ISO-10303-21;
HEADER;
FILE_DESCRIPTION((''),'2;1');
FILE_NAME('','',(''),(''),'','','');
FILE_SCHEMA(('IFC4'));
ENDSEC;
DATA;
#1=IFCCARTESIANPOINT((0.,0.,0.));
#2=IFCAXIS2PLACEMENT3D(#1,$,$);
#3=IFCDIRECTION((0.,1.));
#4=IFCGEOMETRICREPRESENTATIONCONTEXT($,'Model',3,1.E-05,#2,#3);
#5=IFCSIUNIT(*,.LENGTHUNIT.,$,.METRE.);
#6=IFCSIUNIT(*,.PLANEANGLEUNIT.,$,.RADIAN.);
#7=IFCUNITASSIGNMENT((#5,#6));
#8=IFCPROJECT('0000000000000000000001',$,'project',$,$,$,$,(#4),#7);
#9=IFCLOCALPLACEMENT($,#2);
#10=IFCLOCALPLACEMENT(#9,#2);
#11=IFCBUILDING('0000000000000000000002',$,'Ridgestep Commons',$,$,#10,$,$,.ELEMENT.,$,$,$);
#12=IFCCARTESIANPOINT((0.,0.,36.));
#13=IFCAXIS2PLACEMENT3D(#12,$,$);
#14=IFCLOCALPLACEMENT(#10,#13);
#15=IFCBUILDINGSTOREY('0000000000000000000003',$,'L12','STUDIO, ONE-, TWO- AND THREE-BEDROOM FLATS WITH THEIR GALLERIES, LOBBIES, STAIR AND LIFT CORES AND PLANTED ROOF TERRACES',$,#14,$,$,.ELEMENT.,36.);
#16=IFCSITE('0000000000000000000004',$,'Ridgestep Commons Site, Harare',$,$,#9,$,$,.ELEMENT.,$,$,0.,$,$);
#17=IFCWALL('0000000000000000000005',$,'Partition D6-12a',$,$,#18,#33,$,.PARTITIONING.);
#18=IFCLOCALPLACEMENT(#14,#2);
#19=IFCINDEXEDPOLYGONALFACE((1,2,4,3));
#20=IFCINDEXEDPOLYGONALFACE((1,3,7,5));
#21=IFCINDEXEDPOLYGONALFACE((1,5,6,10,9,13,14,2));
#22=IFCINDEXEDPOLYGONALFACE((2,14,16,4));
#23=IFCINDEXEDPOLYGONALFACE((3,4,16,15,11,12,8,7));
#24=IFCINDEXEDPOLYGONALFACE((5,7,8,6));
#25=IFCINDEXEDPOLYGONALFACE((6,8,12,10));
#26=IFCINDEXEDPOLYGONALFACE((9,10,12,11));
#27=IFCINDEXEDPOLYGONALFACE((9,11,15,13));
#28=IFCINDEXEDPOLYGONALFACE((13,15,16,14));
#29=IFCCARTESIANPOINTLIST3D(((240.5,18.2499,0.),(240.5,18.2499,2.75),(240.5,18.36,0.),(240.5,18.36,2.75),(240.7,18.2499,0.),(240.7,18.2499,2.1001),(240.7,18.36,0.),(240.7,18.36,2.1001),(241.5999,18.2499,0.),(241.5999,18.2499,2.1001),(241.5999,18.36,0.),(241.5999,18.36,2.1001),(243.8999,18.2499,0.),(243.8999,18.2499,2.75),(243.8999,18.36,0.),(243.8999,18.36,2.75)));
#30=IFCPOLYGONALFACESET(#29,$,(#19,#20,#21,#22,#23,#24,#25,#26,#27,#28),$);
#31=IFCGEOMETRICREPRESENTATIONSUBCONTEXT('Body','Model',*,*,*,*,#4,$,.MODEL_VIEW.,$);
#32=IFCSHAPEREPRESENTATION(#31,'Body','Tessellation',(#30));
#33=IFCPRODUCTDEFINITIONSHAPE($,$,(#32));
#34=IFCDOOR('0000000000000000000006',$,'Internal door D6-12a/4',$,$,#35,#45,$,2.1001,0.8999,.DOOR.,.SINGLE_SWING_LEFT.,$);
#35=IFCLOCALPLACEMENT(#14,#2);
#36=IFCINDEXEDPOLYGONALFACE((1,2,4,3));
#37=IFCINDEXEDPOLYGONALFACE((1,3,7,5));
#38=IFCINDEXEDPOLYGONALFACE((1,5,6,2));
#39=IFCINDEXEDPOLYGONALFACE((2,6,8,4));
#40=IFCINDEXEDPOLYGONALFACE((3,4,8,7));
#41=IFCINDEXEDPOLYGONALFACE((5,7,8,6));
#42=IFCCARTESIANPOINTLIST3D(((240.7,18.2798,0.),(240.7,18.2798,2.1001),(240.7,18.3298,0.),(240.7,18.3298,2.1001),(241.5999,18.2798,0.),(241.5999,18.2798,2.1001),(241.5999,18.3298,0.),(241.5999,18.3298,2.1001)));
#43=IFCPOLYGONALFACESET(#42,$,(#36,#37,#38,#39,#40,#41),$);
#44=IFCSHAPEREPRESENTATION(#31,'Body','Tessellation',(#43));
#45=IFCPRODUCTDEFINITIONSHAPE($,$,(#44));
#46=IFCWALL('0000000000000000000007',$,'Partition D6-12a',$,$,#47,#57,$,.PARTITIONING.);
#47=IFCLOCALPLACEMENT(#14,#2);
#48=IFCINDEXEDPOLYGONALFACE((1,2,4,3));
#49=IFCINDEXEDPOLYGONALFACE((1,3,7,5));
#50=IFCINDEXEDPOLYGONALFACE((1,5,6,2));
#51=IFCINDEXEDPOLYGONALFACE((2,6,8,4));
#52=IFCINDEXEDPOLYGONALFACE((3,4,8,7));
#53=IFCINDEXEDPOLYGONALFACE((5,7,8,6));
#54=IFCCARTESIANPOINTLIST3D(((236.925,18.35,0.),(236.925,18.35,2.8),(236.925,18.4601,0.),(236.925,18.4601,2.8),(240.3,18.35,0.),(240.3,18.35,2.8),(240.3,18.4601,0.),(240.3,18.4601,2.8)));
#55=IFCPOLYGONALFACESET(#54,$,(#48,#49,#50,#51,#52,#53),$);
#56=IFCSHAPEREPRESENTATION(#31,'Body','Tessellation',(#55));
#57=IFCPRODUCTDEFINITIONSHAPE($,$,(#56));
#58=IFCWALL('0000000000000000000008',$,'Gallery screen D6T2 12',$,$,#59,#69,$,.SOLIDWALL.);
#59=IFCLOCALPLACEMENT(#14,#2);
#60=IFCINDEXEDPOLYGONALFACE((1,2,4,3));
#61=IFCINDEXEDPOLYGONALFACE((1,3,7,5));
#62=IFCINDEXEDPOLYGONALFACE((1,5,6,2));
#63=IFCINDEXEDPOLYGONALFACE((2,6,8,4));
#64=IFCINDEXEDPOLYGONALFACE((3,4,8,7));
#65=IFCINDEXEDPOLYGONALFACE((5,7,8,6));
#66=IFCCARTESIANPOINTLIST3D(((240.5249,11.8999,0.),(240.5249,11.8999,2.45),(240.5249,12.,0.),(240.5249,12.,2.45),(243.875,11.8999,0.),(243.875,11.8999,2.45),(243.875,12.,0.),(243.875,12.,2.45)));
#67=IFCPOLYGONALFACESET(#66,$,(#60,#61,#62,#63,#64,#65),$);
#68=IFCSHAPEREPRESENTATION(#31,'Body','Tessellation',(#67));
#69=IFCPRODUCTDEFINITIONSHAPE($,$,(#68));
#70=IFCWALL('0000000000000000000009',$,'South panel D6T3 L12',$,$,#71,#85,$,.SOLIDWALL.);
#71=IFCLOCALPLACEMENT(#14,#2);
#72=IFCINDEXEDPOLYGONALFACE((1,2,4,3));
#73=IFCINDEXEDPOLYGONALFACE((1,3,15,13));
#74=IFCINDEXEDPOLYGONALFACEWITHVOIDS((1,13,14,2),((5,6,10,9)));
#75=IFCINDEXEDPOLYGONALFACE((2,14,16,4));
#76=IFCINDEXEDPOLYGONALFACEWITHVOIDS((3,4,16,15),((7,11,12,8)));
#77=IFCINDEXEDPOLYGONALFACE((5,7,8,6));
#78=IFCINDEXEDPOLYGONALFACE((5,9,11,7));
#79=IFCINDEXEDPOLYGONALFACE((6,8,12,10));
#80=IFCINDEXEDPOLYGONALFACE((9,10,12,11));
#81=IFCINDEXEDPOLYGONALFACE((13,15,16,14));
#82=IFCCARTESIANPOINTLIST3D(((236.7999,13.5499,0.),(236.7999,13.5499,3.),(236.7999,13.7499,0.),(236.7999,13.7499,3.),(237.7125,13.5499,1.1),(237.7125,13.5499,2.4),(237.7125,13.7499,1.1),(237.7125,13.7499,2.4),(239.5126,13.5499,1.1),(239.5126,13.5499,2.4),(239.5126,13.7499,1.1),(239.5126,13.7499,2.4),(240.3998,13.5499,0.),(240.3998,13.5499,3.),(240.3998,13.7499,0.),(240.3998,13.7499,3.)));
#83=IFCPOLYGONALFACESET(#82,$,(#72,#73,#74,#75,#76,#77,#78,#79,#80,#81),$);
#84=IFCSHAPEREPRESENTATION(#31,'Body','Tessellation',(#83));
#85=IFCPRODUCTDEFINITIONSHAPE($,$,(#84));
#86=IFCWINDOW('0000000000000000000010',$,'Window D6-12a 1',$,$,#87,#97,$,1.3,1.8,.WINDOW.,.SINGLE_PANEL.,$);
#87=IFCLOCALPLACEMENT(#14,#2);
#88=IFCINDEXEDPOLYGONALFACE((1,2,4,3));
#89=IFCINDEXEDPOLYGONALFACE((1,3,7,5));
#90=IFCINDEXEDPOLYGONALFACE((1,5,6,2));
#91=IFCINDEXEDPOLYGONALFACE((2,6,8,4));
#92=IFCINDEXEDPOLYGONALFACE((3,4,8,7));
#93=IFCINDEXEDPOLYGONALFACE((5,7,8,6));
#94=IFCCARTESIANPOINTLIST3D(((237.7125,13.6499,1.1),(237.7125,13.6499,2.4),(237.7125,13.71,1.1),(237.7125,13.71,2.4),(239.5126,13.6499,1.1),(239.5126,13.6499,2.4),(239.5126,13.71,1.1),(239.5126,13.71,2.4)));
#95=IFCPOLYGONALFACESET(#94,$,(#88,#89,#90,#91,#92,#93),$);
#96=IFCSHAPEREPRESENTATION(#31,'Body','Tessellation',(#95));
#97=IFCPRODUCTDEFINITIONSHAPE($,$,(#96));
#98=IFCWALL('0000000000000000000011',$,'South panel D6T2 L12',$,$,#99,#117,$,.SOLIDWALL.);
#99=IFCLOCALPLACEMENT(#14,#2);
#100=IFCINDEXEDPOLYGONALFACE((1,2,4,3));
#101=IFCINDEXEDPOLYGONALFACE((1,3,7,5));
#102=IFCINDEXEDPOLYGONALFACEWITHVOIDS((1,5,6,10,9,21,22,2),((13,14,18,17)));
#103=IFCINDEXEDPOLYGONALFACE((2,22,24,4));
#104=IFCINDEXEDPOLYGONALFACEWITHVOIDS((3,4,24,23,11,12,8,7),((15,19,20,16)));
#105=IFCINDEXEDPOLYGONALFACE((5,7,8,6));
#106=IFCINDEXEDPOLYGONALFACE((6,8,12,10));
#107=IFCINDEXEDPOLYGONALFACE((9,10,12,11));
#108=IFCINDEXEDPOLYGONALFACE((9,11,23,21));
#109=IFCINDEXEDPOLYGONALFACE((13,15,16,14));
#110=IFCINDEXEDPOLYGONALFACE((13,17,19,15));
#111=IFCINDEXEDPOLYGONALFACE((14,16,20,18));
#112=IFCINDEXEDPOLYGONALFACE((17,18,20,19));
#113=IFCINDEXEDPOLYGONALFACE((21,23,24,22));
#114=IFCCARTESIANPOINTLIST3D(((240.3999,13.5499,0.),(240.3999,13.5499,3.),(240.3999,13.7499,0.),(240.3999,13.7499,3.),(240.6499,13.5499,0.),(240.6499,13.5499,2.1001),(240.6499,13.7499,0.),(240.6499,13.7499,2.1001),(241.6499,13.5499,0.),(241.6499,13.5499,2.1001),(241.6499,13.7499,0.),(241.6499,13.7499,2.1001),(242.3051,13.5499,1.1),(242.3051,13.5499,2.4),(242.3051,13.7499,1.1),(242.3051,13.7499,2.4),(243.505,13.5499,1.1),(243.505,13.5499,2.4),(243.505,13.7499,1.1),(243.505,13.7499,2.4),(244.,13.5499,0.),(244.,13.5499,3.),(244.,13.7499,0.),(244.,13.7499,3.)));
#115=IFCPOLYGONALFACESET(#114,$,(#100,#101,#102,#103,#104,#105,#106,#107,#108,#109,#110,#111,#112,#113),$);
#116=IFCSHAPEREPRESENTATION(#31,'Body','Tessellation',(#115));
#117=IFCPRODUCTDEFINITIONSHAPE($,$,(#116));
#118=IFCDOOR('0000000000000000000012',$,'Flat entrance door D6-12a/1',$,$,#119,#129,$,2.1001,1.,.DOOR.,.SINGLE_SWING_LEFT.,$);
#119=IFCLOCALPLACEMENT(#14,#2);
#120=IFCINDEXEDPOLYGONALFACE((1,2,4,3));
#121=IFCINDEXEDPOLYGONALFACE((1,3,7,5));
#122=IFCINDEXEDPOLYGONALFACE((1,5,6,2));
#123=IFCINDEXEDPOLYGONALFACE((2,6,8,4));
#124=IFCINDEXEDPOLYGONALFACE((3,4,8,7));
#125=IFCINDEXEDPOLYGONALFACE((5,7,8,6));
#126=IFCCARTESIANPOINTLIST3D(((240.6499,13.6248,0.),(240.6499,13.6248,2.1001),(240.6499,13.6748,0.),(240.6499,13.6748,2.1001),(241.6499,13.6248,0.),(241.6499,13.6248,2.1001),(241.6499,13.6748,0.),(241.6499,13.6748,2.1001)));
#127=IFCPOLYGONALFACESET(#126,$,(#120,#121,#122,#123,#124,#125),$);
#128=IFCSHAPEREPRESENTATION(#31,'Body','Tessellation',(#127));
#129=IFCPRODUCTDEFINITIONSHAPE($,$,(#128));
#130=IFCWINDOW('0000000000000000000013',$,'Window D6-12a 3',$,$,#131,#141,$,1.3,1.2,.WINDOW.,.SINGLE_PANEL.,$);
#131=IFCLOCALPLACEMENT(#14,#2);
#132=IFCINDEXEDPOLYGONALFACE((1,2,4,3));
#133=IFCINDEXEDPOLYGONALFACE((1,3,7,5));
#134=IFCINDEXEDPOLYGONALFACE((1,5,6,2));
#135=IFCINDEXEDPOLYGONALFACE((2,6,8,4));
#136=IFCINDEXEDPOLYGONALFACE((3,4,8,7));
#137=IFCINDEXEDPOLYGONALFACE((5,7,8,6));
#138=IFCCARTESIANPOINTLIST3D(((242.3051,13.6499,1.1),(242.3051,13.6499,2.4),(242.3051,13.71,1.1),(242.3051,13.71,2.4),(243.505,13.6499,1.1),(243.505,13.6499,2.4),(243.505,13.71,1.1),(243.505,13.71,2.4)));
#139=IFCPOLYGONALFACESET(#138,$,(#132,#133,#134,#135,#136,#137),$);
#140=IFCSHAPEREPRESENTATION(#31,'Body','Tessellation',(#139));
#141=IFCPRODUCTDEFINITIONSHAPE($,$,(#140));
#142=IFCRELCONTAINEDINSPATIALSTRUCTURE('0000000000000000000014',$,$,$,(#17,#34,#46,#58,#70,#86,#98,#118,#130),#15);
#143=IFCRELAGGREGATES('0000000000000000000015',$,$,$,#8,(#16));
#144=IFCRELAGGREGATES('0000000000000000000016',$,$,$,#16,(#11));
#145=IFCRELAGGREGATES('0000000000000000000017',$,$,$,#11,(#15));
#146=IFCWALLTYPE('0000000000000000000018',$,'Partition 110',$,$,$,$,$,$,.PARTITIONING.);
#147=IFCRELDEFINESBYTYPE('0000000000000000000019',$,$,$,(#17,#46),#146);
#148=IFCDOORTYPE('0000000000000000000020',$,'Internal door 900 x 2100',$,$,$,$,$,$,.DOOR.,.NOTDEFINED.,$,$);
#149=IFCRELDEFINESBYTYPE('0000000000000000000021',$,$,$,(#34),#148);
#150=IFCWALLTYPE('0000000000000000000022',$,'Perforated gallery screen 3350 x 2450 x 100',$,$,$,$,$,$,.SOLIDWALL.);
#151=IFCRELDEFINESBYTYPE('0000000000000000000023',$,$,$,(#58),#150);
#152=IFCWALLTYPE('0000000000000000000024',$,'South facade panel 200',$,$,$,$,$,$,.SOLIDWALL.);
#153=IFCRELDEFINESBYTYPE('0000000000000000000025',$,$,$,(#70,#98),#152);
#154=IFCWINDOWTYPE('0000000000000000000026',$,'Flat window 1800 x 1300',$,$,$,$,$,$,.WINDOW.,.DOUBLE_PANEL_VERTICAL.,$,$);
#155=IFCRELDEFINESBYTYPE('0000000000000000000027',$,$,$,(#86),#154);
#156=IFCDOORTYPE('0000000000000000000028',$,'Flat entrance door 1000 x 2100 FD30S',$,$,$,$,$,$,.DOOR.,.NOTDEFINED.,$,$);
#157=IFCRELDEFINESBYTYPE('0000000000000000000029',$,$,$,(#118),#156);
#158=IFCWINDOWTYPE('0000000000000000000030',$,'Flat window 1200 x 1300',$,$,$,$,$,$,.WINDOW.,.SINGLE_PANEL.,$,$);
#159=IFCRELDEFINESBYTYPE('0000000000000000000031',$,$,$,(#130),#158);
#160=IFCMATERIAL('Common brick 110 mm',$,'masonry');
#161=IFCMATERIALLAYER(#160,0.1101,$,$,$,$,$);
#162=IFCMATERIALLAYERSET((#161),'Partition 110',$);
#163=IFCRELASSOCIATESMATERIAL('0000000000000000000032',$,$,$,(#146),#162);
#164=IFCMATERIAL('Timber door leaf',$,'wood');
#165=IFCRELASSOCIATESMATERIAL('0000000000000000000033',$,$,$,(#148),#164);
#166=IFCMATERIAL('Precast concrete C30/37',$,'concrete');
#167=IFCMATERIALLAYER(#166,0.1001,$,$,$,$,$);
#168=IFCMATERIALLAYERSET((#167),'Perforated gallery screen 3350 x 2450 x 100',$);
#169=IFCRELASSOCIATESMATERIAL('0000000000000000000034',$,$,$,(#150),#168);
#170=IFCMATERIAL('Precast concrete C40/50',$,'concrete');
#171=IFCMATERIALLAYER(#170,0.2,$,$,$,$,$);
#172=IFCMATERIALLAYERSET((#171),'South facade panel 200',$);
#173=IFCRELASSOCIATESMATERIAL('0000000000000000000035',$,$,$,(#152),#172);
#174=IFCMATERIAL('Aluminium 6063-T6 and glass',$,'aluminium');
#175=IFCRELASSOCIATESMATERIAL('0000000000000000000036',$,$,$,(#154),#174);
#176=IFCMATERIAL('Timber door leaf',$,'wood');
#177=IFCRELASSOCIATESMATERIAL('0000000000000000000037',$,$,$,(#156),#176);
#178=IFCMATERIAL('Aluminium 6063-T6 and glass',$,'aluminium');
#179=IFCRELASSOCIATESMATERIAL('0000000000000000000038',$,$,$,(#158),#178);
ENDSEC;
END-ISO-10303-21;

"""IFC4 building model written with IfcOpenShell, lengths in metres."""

from ifc_helpers import new_model, si_unit, direction, frame, frame_2d, origin, place, context, subcontext, project, spatial, rectangle, extrude, material, layer, layer_set, type_object, element, fill, save


model = new_model("IFC4")

# Units and contexts
model_context = context("Model", 3, precision=1e-05, world=origin(), true_north=direction((0.0, 1.0)))
body_context = subcontext(model_context, "Body", "Model", "MODEL_VIEW")
ifc_project = project(units=[si_unit("LENGTHUNIT", "METRE"), si_unit("PLANEANGLEUNIT", "RADIAN")], contexts=[model_context])

# Site, building, storey
site_placement = place(None, origin())
site = spatial("IfcSite", under=ifc_project, at=site_placement, Name="Ridgestep Commons Site, Harare", CompositionType="ELEMENT", RefElevation=0.0)
building_placement = place(site_placement, origin())
building = spatial("IfcBuilding", under=site, at=building_placement, Name="Ridgestep Commons", CompositionType="ELEMENT")
storey_placement = place(building_placement, frame((0.0, 0.0, 36.0)))
storey = spatial("IfcBuildingStorey", under=building, at=storey_placement, Name="L12", Description="STUDIO, ONE-, TWO- AND THREE-BEDROOM FLATS WITH THEIR GALLERIES, LOBBIES, STAIR AND LIFT CORES AND PLANTED ROOF TERRACES", CompositionType="ELEMENT", Elevation=36.0)

# Shared definitions
ifc_material_1 = material(Name="Common brick 110 mm", Category="masonry")
ifc_layer_1 = layer(ifc_material_1, 0.1101)
ifc_layer_set_1 = layer_set([ifc_layer_1], Name="Partition 110")
wall_type_1 = type_object("IfcWallType", Name="Partition 110", PredefinedType="PARTITIONING", material=ifc_layer_set_1)

# Wall, opening, door
wall_1_placement = place(storey_placement, frame((240.5, 18.3049, 0.0), z_axis=(0.0, 0.0, 1.0), x_axis=(1.0, 0.0, 0.0)))
wall_1 = element("IfcWall", 1, at=wall_1_placement, inside=storey, type_object=wall_type_1, Name="Partition D6-12a", PredefinedType="PARTITIONING", context=body_context, shape_type="SweptSolid", body=[
    extrude(rectangle(XDim=3.3999, YDim=0.1101, at=frame_2d((1.7, 0.0))), origin(), (0.0, 0.0, 1.0), 2.75),
])
opening_1_placement = place(wall_1_placement, frame((0.2, 0.0, 0.0)))
opening_1 = element("IfcOpeningElement", 2, at=opening_1_placement, cuts=wall_1, PredefinedType="OPENING", context=body_context, shape_type="SweptSolid", body=[
    extrude(rectangle(XDim=0.8999, YDim=2.1001, at=frame_2d((0.45, 1.05))), frame((0.0, 0.0649, 0.0), z_axis=(0.0, -1.0, 0.0), x_axis=(1.0, 0.0, 0.0)), (0.0, 0.0, 1.0), 0.1301),
])
ifc_material_2 = material(Name="Timber door leaf", Category="wood")
door_type_1 = type_object("IfcDoorType", Name="Internal door 900 x 2100", OperationType="NOTDEFINED", PredefinedType="DOOR", material=ifc_material_2)
door_1_placement = place(opening_1_placement, origin())
door_1 = element("IfcDoor", 3, at=door_1_placement, inside=storey, type_object=door_type_1, Name="Internal door D6-12a/4", OperationType="SINGLE_SWING_LEFT", OverallHeight=2.1001, OverallWidth=0.8999, PredefinedType="DOOR", context=body_context, shape_type="SweptSolid", body=[
    extrude(rectangle(XDim=0.8999, YDim=2.1001, at=frame_2d((0.45, 1.05))), frame((0.0, 0.0249, 0.0), z_axis=(0.0, -1.0, 0.0), x_axis=(1.0, 0.0, 0.0)), (0.0, 0.0, 1.0), 0.05),
])
fill(opening_1, door_1)

# Walls
wall_2_placement = place(storey_placement, frame((236.925, 18.405, 0.0), z_axis=(0.0, 0.0, 1.0), x_axis=(1.0, 0.0, 0.0)))
element("IfcWall", 4, at=wall_2_placement, inside=storey, type_object=wall_type_1, Name="Partition D6-12a", PredefinedType="PARTITIONING", context=body_context, shape_type="SweptSolid", body=[
    extrude(rectangle(XDim=3.375, YDim=0.1101, at=frame_2d((1.6875, 0.0))), origin(), (0.0, 0.0, 1.0), 2.8),
])
ifc_material_3 = material(Name="Precast concrete C30/37", Category="concrete")
ifc_layer_2 = layer(ifc_material_3, 0.1001)
ifc_layer_set_2 = layer_set([ifc_layer_2], Name="Perforated gallery screen 3350 x 2450 x 100")
wall_type_2 = type_object("IfcWallType", Name="Perforated gallery screen 3350 x 2450 x 100", PredefinedType="SOLIDWALL", material=ifc_layer_set_2)
wall_3_placement = place(storey_placement, frame((240.5249, 11.95, 0.0), z_axis=(0.0, 0.0, 1.0), x_axis=(1.0, 0.0, 0.0)))
element("IfcWall", 5, at=wall_3_placement, inside=storey, type_object=wall_type_2, Name="Gallery screen D6T2 12", PredefinedType="SOLIDWALL", context=body_context, shape_type="SweptSolid", body=[
    extrude(rectangle(XDim=3.3501, YDim=0.1001, at=frame_2d((1.675, 0.0))), origin(), (0.0, 0.0, 1.0), 2.45),
])

# Wall, opening, window
ifc_material_4 = material(Name="Precast concrete C40/50", Category="concrete")
ifc_layer_3 = layer(ifc_material_4, 0.2)
ifc_layer_set_3 = layer_set([ifc_layer_3], Name="South facade panel 200")
wall_type_3 = type_object("IfcWallType", Name="South facade panel 200", PredefinedType="SOLIDWALL", material=ifc_layer_set_3)
wall_4_placement = place(storey_placement, frame((236.8, 13.6499, 0.0), z_axis=(0.0, 0.0, 1.0), x_axis=(1.0, 0.0, 0.0)))
wall_4 = element("IfcWall", 6, at=wall_4_placement, inside=storey, type_object=wall_type_3, Name="South panel D6T3 L12", PredefinedType="SOLIDWALL", context=body_context, shape_type="SweptSolid", body=[
    extrude(rectangle(XDim=3.5999, YDim=0.2, at=frame_2d((1.7998, 0.0))), origin(), (0.0, 0.0, 1.0), 3.0),
])
opening_2_placement = place(wall_4_placement, frame((0.9126, 0.0, 1.1001)))
opening_2 = element("IfcOpeningElement", 7, at=opening_2_placement, cuts=wall_4, PredefinedType="OPENING", context=body_context, shape_type="SweptSolid", body=[
    extrude(rectangle(XDim=1.8, YDim=1.3, at=frame_2d((0.8999, 0.6499))), frame((0.0, 0.1099, 0.0), z_axis=(0.0, -1.0, 0.0), x_axis=(1.0, 0.0, 0.0)), (0.0, 0.0, 1.0), 0.22),
])
ifc_material_5 = material(Name="Aluminium 6063-T6 and glass", Category="aluminium")
window_type_1 = type_object("IfcWindowType", Name="Flat window 1800 x 1300", PartitioningType="DOUBLE_PANEL_VERTICAL", PredefinedType="WINDOW", material=ifc_material_5)
window_1_placement = place(opening_2_placement, origin())
window_1 = element("IfcWindow", 8, at=window_1_placement, inside=storey, type_object=window_type_1, Name="Window D6-12a 1", OverallHeight=1.3, OverallWidth=1.8, PartitioningType="SINGLE_PANEL", PredefinedType="WINDOW", context=body_context, shape_type="SweptSolid", body=[
    extrude(rectangle(XDim=1.8, YDim=1.3, at=frame_2d((0.8999, 0.6499))), frame((0.0, 0.0601, 0.0), z_axis=(0.0, -1.0, 0.0), x_axis=(1.0, 0.0, 0.0)), (0.0, 0.0, 1.0), 0.0601),
])
fill(opening_2, window_1)

# Wall, openings, door, window
wall_5_placement = place(storey_placement, frame((240.3999, 13.6499, 0.0), z_axis=(0.0, 0.0, 1.0), x_axis=(1.0, 0.0, 0.0)))
wall_5 = element("IfcWall", 9, at=wall_5_placement, inside=storey, type_object=wall_type_3, Name="South panel D6T2 L12", PredefinedType="SOLIDWALL", context=body_context, shape_type="SweptSolid", body=[
    extrude(rectangle(XDim=3.6001, YDim=0.2, at=frame_2d((1.8, 0.0))), origin(), (0.0, 0.0, 1.0), 3.0),
])
opening_3_placement = place(wall_5_placement, frame((1.905, 0.0, 1.1001)))
opening_3 = element("IfcOpeningElement", 10, at=opening_3_placement, cuts=wall_5, PredefinedType="OPENING", context=body_context, shape_type="SweptSolid", body=[
    extrude(rectangle(XDim=1.2, YDim=1.3, at=frame_2d((0.6001, 0.6499))), frame((0.0, 0.1099, 0.0), z_axis=(0.0, -1.0, 0.0), x_axis=(1.0, 0.0, 0.0)), (0.0, 0.0, 1.0), 0.22),
])
opening_4_placement = place(wall_5_placement, frame((0.25, 0.0, 0.0)))
opening_4 = element("IfcOpeningElement", 11, at=opening_4_placement, cuts=wall_5, PredefinedType="OPENING", context=body_context, shape_type="SweptSolid", body=[
    extrude(rectangle(XDim=1.0, YDim=2.1001, at=frame_2d((0.5, 1.05))), frame((0.0, 0.1099, 0.0), z_axis=(0.0, -1.0, 0.0), x_axis=(1.0, 0.0, 0.0)), (0.0, 0.0, 1.0), 0.22),
])
ifc_material_6 = material(Name="Timber door leaf", Category="wood")
door_type_2 = type_object("IfcDoorType", Name="Flat entrance door 1000 x 2100 FD30S", OperationType="NOTDEFINED", PredefinedType="DOOR", material=ifc_material_6)
door_2_placement = place(opening_4_placement, origin())
door_2 = element("IfcDoor", 12, at=door_2_placement, inside=storey, type_object=door_type_2, Name="Flat entrance door D6-12a/1", OperationType="SINGLE_SWING_LEFT", OverallHeight=2.1001, OverallWidth=1.0, PredefinedType="DOOR", context=body_context, shape_type="SweptSolid", body=[
    extrude(rectangle(XDim=1.0, YDim=2.1001, at=frame_2d((0.5, 1.05))), frame((0.0, 0.0249, 0.0), z_axis=(0.0, -1.0, 0.0), x_axis=(1.0, 0.0, 0.0)), (0.0, 0.0, 1.0), 0.05),
])
fill(opening_4, door_2)
ifc_material_7 = material(Name="Aluminium 6063-T6 and glass", Category="aluminium")
window_type_2 = type_object("IfcWindowType", Name="Flat window 1200 x 1300", PartitioningType="SINGLE_PANEL", PredefinedType="WINDOW", material=ifc_material_7)
window_2_placement = place(opening_3_placement, origin())
window_2 = element("IfcWindow", 13, at=window_2_placement, inside=storey, type_object=window_type_2, Name="Window D6-12a 3", OverallHeight=1.3, OverallWidth=1.2, PartitioningType="SINGLE_PANEL", PredefinedType="WINDOW", context=body_context, shape_type="SweptSolid", body=[
    extrude(rectangle(XDim=1.2, YDim=1.3, at=frame_2d((0.6001, 0.6499))), frame((0.0, 0.0601, 0.0), z_axis=(0.0, -1.0, 0.0), x_axis=(1.0, 0.0, 0.0)), (0.0, 0.0, 1.0), 0.0601),
])
fill(opening_3, window_2)

save(model, "model.ifc")
